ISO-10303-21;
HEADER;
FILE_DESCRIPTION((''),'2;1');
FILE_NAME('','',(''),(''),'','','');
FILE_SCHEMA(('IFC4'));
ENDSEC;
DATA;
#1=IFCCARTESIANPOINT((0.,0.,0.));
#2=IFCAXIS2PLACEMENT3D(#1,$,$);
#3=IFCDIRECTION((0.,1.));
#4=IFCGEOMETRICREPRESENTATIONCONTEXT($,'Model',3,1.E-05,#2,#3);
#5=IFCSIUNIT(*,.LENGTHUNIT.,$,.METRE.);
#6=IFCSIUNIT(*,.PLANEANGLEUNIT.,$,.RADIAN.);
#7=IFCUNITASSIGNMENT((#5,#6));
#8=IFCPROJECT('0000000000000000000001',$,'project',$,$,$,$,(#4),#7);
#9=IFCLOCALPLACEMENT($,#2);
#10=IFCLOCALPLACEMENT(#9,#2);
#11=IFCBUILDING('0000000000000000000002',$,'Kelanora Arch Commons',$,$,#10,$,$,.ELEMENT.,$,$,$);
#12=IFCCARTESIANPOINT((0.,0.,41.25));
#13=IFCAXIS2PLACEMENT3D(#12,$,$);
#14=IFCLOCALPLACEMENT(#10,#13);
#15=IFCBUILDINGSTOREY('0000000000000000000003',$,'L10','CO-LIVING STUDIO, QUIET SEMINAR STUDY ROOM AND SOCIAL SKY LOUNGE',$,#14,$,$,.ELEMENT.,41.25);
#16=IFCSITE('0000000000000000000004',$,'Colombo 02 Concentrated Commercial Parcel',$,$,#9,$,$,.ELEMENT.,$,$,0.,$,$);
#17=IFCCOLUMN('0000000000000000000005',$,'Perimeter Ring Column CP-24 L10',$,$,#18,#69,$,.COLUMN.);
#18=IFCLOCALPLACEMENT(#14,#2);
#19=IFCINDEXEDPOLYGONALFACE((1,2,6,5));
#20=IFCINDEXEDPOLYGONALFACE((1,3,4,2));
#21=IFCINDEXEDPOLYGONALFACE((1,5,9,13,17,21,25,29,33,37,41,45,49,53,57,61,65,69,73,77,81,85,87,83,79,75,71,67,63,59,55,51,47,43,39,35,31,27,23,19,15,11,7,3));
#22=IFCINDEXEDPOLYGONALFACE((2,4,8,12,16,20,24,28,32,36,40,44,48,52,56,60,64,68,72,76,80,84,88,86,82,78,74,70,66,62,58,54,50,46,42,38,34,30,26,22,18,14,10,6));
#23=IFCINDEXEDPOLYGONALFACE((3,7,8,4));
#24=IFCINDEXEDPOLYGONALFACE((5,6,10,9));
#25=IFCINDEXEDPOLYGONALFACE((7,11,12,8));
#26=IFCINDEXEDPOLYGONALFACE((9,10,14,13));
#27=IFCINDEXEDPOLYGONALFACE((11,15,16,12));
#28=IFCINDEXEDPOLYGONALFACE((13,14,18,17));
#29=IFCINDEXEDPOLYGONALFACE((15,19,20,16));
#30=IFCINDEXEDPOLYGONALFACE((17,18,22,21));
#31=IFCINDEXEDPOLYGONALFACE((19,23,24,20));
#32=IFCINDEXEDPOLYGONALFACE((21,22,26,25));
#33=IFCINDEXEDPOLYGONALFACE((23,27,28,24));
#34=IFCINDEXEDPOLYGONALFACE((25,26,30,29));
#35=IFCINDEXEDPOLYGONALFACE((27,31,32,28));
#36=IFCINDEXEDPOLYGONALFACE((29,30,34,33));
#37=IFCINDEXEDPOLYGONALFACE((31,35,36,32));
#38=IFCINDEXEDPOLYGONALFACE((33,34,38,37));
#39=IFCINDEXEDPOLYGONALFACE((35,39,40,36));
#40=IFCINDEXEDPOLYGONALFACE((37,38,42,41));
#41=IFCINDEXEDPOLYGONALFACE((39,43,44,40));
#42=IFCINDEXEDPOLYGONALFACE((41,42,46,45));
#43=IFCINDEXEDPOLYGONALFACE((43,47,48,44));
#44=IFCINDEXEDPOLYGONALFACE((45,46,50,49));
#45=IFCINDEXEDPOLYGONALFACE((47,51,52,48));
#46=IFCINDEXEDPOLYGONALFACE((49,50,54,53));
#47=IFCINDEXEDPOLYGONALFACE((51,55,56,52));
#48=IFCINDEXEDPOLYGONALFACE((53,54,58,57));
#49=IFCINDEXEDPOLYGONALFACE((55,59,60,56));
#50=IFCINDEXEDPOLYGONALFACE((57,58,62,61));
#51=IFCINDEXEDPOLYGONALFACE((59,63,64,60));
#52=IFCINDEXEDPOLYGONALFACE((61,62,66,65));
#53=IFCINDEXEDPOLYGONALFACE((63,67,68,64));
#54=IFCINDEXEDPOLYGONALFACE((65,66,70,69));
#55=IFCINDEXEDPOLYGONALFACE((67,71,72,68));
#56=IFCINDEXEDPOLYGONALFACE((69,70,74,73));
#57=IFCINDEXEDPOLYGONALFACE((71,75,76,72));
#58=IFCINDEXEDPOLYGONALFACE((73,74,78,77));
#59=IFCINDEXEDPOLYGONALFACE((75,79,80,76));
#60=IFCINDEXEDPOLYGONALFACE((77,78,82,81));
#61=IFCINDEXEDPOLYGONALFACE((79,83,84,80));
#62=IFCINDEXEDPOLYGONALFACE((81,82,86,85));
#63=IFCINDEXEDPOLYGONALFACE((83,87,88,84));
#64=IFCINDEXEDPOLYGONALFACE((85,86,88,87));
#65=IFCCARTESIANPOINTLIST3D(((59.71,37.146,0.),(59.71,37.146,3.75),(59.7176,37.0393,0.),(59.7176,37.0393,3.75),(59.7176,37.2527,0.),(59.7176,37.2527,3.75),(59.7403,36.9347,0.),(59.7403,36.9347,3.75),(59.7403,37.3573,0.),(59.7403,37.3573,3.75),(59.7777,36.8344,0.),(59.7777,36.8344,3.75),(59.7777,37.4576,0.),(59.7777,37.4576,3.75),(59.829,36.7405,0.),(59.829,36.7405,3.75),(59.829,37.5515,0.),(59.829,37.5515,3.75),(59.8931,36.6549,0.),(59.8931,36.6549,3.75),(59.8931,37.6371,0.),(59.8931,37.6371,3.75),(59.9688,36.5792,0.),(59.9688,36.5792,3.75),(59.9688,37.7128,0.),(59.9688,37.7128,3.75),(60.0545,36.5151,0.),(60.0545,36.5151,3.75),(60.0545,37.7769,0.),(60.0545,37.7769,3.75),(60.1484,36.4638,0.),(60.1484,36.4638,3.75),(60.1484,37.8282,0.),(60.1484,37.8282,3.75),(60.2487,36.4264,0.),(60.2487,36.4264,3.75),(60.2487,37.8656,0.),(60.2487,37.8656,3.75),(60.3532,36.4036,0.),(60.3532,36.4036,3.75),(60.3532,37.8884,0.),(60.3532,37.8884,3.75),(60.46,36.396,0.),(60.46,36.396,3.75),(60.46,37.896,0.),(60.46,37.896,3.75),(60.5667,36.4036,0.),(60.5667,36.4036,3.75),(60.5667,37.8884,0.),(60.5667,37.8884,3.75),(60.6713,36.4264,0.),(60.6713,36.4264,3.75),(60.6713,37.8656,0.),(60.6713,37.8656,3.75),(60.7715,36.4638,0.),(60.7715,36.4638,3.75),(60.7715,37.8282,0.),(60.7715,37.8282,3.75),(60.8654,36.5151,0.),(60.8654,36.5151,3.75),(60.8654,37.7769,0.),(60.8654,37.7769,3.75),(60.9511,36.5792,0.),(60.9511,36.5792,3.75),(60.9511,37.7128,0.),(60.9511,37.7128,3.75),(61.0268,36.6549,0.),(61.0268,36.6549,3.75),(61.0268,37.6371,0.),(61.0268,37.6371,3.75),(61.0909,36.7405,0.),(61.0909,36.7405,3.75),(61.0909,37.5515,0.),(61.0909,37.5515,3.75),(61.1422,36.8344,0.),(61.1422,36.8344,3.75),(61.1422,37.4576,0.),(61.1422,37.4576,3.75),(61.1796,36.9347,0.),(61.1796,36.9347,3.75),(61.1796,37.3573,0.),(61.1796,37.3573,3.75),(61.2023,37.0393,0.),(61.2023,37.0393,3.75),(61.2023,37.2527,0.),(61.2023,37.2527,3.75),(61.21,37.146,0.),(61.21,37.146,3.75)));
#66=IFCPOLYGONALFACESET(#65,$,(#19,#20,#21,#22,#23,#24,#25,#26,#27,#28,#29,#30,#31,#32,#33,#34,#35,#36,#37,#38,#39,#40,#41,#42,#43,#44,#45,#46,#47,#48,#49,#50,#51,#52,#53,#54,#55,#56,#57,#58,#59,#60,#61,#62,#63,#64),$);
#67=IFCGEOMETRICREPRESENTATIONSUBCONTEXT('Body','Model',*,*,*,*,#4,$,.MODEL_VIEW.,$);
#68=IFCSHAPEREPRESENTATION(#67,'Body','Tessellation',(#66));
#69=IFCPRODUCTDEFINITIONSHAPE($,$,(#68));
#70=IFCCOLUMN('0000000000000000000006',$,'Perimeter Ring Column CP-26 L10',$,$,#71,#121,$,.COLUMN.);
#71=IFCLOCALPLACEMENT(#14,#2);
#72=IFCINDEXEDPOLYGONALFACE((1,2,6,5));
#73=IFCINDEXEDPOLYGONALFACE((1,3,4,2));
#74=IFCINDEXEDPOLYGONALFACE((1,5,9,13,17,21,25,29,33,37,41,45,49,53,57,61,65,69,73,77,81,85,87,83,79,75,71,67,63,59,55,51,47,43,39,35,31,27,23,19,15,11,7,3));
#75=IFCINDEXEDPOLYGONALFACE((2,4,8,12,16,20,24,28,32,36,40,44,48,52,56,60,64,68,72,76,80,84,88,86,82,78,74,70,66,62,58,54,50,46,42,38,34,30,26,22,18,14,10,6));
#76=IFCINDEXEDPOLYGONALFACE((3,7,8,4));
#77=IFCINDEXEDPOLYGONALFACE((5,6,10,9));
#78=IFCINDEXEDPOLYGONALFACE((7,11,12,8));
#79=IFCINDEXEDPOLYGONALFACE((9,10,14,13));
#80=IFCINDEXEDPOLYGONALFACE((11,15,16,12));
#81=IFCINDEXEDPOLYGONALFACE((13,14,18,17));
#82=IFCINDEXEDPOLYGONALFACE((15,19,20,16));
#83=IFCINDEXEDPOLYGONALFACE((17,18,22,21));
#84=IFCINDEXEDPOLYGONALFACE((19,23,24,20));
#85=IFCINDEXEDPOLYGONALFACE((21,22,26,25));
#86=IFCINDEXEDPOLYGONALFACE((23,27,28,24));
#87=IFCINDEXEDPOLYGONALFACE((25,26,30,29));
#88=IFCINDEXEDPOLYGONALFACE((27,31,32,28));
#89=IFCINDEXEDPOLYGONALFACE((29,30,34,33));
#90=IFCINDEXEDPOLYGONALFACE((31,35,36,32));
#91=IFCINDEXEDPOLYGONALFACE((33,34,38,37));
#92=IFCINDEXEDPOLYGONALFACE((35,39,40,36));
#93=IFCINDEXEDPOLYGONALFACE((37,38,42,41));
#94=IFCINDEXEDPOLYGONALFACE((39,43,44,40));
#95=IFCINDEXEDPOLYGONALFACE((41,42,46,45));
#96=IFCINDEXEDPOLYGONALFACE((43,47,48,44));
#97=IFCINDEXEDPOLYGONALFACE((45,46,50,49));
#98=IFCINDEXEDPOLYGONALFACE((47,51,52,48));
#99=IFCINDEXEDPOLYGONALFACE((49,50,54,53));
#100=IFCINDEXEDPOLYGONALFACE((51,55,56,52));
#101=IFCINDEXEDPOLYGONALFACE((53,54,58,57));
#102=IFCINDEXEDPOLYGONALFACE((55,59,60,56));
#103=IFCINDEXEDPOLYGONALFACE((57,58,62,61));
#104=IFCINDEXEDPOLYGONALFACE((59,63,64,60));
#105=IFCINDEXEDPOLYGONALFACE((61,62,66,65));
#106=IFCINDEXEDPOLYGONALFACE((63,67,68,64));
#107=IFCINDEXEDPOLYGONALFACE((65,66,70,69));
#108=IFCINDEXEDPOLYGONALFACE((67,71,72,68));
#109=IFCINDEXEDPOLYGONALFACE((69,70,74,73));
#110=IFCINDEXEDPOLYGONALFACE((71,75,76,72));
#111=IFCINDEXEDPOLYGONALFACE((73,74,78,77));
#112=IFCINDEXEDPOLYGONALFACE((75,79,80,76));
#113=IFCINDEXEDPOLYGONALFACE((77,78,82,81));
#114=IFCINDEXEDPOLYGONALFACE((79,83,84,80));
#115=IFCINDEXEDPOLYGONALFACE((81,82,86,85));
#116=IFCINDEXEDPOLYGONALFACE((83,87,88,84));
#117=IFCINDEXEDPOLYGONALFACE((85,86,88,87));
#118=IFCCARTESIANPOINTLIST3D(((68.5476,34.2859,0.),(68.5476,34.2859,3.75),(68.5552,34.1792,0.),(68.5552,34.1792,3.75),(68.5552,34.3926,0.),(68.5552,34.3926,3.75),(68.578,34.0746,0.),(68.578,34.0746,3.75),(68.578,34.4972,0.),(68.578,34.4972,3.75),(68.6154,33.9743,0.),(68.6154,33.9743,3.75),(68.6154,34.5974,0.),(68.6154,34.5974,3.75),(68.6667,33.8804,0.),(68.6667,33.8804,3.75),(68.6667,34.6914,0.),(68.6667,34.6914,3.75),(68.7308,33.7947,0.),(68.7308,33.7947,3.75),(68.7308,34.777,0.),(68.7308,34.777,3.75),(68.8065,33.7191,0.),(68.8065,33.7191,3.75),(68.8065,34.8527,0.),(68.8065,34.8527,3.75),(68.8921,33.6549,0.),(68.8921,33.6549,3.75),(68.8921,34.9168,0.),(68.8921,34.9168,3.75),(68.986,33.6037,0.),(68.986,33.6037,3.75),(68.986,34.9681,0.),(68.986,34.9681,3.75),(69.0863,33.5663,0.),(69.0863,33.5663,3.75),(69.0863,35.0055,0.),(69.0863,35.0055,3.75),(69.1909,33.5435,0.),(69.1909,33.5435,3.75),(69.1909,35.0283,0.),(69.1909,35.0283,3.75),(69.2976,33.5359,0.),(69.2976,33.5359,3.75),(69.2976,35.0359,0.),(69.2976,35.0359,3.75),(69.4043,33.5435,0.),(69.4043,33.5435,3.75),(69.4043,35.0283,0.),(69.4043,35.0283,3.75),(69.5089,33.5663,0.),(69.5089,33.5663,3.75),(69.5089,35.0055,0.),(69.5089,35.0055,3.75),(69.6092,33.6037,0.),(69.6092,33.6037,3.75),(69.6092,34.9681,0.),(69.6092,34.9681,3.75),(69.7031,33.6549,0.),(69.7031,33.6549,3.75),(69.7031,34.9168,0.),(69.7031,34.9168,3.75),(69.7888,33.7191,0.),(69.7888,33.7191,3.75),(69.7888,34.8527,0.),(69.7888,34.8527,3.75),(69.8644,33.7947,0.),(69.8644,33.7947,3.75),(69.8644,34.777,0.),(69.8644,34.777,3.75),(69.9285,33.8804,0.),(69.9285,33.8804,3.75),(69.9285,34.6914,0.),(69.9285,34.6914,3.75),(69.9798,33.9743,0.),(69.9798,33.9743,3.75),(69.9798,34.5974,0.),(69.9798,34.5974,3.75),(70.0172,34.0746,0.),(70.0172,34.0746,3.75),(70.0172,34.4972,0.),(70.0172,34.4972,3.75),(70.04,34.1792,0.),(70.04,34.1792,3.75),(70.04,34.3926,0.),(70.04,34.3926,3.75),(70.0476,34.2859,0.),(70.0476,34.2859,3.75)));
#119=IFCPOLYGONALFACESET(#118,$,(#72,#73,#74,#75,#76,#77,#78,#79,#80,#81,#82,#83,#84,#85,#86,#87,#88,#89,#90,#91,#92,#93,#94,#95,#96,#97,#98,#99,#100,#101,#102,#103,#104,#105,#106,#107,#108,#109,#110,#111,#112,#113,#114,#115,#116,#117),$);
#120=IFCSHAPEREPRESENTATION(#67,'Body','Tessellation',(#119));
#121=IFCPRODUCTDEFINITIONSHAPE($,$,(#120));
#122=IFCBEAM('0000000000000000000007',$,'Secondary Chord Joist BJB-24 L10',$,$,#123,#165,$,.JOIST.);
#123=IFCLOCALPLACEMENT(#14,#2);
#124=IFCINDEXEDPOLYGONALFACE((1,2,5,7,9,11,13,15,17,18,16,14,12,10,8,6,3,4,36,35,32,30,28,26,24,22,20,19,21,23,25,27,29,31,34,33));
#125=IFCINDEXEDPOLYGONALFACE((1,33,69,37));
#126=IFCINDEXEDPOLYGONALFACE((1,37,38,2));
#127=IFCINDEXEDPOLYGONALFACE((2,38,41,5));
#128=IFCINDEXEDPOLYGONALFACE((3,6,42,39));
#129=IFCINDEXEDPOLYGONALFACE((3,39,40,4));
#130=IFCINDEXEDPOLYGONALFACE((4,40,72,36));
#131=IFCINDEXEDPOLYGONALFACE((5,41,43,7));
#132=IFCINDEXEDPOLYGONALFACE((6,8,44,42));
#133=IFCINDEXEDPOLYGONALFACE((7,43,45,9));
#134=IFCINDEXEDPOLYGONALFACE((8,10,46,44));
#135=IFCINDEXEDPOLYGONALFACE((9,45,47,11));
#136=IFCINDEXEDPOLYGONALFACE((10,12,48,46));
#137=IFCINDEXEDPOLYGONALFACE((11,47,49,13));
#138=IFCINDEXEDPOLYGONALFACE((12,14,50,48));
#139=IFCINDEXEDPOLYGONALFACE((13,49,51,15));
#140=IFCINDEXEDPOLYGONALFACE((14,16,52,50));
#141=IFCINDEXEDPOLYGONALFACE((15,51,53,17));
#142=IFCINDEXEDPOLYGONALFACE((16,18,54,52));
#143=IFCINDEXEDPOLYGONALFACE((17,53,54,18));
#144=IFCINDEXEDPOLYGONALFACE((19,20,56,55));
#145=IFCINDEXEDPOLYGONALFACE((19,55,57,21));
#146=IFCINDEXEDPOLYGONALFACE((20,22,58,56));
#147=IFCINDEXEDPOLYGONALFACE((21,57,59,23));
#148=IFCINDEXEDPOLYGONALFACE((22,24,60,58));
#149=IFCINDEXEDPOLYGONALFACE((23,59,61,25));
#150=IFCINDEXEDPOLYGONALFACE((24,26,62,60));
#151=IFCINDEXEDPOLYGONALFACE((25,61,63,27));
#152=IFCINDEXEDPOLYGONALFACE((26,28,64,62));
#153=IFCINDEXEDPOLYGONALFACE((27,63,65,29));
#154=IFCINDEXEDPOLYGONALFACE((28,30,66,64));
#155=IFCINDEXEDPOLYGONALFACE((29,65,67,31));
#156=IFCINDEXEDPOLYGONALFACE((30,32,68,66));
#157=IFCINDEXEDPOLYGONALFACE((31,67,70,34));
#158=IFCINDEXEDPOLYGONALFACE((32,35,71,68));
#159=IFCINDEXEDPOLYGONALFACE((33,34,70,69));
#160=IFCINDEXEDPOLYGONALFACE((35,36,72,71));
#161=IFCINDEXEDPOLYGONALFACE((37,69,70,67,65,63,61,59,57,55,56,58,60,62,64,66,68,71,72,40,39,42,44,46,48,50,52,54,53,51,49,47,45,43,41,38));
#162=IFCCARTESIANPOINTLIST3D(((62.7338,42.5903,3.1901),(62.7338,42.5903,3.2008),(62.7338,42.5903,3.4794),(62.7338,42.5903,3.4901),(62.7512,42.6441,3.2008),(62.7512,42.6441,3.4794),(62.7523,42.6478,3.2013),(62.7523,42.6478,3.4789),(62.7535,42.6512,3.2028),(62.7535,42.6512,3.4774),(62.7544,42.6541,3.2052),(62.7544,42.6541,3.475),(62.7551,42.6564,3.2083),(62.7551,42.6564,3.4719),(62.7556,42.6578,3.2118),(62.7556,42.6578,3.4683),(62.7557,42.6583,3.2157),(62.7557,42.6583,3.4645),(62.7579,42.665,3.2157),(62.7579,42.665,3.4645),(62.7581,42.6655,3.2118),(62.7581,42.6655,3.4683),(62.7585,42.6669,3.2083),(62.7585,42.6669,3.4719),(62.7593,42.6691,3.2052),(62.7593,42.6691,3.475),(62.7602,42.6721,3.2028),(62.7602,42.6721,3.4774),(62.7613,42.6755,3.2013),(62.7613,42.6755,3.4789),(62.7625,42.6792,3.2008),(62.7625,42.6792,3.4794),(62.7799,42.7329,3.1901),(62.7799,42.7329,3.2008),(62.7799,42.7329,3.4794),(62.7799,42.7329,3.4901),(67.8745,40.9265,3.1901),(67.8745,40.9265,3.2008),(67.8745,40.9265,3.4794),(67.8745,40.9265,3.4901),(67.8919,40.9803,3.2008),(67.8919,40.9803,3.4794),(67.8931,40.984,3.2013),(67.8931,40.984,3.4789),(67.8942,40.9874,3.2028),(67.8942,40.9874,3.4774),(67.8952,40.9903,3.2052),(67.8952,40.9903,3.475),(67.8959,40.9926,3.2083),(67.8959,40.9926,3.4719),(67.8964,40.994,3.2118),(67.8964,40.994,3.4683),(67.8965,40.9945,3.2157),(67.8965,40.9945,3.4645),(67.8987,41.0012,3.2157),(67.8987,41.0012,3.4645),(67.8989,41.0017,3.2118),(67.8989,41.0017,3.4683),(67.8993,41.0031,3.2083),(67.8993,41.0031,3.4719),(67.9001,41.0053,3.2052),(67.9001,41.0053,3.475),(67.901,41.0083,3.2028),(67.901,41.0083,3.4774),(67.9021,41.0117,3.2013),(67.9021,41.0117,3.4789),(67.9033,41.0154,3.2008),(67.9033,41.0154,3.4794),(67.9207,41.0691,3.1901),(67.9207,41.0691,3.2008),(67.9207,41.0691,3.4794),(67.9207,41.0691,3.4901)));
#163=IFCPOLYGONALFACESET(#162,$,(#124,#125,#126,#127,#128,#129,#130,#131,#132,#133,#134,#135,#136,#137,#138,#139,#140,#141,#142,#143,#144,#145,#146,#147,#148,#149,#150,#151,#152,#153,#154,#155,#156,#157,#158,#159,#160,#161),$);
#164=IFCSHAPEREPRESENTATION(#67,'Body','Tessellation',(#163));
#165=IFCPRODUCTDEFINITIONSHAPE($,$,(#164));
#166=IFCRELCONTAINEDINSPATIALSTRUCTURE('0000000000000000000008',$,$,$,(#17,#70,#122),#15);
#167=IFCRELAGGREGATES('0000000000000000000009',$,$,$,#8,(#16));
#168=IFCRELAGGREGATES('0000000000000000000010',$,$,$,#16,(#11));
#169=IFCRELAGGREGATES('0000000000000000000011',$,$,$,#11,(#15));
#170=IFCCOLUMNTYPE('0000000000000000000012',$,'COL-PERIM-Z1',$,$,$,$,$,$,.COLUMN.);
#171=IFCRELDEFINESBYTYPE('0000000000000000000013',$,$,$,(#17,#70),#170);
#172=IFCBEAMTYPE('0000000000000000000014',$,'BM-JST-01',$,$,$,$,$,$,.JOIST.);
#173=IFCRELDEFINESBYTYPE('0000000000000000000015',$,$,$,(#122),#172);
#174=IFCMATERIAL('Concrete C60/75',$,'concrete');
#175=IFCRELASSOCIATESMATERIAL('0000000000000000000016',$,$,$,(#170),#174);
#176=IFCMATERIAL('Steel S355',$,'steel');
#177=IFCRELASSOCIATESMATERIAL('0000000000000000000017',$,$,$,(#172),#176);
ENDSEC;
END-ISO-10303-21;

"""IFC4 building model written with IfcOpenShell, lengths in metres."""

from ifc_helpers import new_model, si_unit, direction, frame, origin, origin_2d, place, context, subcontext, project, spatial, circle, i_section, extrude, material, material_profile, profile_set, type_object, element, save


model = new_model("IFC4")

# Units and contexts
model_context = context("Model", 3, precision=1e-05, world=origin(), true_north=direction((0.0, 1.0)))
body_context = subcontext(model_context, "Body", "Model", "MODEL_VIEW")
ifc_project = project(units=[si_unit("LENGTHUNIT", "METRE"), si_unit("PLANEANGLEUNIT", "RADIAN")], contexts=[model_context])

# Site, building, storey
site_placement = place(None, origin())
site = spatial("IfcSite", under=ifc_project, at=site_placement, Name="Colombo 02 Concentrated Commercial Parcel", CompositionType="ELEMENT", RefElevation=0.0)
building_placement = place(site_placement, origin())
building = spatial("IfcBuilding", under=site, at=building_placement, Name="Kelanora Arch Commons", CompositionType="ELEMENT")
storey_placement = place(building_placement, frame((0.0, 0.0, 41.25)))
storey = spatial("IfcBuildingStorey", under=building, at=storey_placement, Name="L10", Description="CO-LIVING STUDIO, QUIET SEMINAR STUDY ROOM AND SOCIAL SKY LOUNGE", CompositionType="ELEMENT", Elevation=41.25)

# Columns
ifc_material_1 = material(Name="Concrete C60/75", Category="concrete")
ifc_material_profile_1 = material_profile(ifc_material_1, circle(Radius=0.75, at=origin_2d()), Name="RCC1500")
ifc_profile_set_1 = profile_set([ifc_material_profile_1], Name="Concrete C60/75")
column_type = type_object("IfcColumnType", Name="COL-PERIM-Z1", PredefinedType="COLUMN", material=ifc_profile_set_1)
for number, where, z_axis, x_axis, name in (
    (1, (60.46, 37.146, 0.0), (0.0, 0.0, 1.0), (1.0, 0.0, 0.0), "Perimeter Ring Column CP-24 L10"),
    (2, (69.2976, 34.2859, 0.0), (0.0, 0.0, 1.0), (1.0, 0.0, 0.0), "Perimeter Ring Column CP-26 L10"),
):
    element("IfcColumn", number, at=place(storey_placement, frame(where, z_axis=z_axis, x_axis=x_axis)), inside=storey, type_object=column_type, Name=name, PredefinedType="COLUMN", context=body_context, shape_type="SweptSolid", body=[
        extrude(circle(Radius=0.75, at=origin_2d()), origin(), (0.0, 0.0, 1.0), 3.75),
    ])

# Beam
ifc_material_2 = material(Name="Steel S355", Category="steel")
ifc_material_profile_2 = material_profile(ifc_material_2, i_section(OverallWidth=0.1499, OverallDepth=0.3, WebThickness=0.0071, FlangeThickness=0.0107, FilletRadius=0.0149, at=origin_2d()), Name="IPE300")
ifc_profile_set_2 = profile_set([ifc_material_profile_2], Name="Steel S355")
beam_type_1 = type_object("IfcBeamType", Name="BM-JST-01", PredefinedType="JOIST", material=ifc_profile_set_2)
beam_1_placement = place(storey_placement, frame((62.7568, 42.6616, 3.3401), z_axis=(0.951412, -0.30792, 0.0), x_axis=(0.30792, 0.951412, 0.0)))
element("IfcBeam", 3, at=beam_1_placement, inside=storey, type_object=beam_type_1, Name="Secondary Chord Joist BJB-24 L10", PredefinedType="JOIST", context=body_context, shape_type="SweptSolid", body=[
    extrude(i_section(OverallWidth=0.1499, OverallDepth=0.3, WebThickness=0.0071, FlangeThickness=0.0107, FilletRadius=0.0149, at=origin_2d()), origin(), (0.0, 0.0, 1.0), 5.4033),
])

save(model, "model.ifc")
